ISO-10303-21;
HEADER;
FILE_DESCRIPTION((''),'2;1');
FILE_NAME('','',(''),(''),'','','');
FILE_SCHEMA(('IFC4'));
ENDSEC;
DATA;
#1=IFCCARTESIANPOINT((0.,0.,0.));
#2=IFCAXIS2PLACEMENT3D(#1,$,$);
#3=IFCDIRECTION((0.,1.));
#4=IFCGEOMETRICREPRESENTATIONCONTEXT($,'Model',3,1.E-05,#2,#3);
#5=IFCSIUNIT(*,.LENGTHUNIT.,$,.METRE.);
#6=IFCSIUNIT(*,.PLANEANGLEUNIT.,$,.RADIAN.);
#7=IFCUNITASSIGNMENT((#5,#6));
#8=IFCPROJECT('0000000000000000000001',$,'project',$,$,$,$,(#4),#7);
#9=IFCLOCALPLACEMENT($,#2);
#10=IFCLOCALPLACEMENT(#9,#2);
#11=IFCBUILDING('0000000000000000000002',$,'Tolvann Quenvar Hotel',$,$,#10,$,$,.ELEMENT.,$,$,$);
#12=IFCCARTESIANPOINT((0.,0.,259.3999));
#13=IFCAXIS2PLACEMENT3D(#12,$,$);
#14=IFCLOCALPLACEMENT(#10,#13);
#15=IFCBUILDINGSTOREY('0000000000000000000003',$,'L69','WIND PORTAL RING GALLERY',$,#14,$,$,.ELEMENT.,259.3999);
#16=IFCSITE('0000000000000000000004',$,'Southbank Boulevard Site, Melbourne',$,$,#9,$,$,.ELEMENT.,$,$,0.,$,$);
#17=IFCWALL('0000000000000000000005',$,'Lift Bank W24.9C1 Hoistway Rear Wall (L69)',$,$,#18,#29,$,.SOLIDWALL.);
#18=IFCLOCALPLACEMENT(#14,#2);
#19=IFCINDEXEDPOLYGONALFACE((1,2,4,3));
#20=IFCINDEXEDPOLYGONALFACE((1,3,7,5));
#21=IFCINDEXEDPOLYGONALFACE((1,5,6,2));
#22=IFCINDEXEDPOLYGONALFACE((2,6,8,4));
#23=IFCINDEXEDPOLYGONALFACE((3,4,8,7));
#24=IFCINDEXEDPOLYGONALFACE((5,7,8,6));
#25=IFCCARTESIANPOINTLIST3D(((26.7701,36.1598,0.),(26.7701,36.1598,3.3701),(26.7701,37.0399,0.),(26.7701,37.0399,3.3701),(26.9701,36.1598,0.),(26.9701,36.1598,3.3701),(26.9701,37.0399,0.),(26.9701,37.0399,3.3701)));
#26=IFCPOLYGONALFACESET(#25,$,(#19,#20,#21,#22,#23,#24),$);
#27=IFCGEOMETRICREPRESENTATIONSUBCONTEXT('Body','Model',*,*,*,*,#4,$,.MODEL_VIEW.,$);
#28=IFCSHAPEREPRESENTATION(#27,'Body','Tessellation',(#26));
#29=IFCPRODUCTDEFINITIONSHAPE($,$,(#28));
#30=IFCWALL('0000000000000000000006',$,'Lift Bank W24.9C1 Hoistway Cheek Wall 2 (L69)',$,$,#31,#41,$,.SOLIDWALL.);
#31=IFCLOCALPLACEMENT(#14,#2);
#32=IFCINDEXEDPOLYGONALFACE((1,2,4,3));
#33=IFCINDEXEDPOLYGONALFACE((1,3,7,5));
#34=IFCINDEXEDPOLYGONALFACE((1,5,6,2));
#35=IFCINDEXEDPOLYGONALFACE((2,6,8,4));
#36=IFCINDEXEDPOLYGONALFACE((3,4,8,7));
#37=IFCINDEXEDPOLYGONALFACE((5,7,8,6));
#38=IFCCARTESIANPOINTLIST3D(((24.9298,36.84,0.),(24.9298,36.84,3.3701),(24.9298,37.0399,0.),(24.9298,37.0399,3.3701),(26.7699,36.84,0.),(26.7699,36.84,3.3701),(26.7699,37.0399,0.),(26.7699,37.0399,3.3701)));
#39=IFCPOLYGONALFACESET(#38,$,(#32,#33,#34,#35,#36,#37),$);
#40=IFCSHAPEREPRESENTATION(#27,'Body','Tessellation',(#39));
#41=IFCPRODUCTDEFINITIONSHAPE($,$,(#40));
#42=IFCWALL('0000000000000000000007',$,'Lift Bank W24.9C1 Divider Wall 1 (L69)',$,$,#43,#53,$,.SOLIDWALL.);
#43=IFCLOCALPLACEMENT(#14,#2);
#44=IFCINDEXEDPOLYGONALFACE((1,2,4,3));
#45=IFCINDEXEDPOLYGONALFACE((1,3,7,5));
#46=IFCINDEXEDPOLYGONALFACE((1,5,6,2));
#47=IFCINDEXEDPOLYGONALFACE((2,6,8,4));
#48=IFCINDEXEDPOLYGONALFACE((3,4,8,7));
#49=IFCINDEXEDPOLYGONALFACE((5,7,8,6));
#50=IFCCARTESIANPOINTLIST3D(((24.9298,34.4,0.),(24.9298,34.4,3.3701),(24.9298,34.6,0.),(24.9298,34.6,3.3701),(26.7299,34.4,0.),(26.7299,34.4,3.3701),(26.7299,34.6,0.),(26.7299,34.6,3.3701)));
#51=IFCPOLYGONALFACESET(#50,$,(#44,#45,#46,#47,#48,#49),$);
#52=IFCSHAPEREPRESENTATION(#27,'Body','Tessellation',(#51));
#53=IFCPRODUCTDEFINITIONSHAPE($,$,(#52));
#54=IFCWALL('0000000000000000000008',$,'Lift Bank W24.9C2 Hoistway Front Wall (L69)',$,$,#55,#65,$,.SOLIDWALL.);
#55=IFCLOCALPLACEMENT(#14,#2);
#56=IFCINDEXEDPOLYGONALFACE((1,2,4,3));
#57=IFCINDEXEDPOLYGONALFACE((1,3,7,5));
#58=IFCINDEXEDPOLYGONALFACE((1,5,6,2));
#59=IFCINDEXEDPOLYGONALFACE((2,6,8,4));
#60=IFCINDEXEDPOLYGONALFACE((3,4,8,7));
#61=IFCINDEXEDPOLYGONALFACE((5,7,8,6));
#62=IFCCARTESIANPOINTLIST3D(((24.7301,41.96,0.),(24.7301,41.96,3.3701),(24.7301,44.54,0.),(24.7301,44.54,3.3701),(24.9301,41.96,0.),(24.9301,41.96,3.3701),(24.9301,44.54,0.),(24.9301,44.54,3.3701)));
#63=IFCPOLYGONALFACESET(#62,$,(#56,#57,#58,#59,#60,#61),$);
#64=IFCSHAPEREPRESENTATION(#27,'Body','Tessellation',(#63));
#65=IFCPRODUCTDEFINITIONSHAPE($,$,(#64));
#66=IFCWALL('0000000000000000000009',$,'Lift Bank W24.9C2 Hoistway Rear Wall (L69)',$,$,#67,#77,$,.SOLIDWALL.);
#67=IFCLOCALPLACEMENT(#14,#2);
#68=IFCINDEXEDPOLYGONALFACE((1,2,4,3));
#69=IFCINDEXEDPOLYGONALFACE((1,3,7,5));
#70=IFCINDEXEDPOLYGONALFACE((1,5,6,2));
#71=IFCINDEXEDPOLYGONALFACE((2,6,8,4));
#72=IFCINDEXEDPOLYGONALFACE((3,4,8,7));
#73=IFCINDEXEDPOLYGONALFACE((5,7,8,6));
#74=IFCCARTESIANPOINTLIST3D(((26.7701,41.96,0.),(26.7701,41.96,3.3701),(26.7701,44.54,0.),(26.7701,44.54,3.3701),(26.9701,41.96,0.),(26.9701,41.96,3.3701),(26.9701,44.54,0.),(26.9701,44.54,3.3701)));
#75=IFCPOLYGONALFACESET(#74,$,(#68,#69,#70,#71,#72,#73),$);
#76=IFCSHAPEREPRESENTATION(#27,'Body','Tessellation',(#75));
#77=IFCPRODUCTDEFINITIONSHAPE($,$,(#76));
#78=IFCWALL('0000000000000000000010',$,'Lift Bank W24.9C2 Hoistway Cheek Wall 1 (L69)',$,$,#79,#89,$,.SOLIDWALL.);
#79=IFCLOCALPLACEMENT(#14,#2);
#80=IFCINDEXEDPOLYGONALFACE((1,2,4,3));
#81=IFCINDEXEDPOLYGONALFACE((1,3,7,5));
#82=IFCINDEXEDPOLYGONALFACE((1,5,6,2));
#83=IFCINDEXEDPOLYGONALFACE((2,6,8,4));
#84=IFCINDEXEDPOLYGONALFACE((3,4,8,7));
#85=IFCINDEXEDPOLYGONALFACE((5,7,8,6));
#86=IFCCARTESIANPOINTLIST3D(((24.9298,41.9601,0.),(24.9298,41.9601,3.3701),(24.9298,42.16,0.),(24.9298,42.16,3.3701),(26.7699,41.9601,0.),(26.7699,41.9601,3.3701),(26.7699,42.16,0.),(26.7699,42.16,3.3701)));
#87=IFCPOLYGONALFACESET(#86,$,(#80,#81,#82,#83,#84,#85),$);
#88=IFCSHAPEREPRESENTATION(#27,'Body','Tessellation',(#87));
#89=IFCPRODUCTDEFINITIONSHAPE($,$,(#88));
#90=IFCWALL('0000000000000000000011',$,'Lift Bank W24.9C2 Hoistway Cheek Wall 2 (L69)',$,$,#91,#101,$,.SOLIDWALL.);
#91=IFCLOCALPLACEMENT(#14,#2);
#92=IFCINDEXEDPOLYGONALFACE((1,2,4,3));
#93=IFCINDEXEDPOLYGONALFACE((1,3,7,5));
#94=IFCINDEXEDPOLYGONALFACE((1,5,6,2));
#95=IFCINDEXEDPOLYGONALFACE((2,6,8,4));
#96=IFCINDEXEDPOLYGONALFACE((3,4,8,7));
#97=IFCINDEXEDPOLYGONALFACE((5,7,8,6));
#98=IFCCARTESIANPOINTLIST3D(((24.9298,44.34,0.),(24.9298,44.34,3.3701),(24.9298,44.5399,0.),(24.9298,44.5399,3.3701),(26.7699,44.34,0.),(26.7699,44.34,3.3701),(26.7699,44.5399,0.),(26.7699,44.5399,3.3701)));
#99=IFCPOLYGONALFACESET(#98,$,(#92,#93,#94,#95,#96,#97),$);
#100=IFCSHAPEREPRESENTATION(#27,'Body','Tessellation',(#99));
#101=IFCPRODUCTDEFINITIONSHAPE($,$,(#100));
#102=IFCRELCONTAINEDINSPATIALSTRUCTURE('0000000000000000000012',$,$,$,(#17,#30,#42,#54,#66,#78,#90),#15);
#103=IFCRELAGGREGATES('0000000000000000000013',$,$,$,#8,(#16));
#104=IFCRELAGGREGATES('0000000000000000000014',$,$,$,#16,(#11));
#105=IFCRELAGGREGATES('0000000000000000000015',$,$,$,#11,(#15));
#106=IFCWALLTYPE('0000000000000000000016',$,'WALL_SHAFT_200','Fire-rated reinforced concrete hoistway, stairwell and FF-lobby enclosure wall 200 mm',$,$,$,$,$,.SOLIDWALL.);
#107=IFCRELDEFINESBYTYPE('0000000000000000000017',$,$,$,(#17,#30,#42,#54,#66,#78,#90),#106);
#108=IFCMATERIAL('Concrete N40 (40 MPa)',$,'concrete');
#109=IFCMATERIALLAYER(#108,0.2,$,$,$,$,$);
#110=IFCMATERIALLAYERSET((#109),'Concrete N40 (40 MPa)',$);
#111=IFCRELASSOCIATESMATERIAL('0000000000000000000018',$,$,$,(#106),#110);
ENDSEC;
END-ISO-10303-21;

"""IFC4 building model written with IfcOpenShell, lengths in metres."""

from ifc_helpers import new_model, si_unit, direction, frame, frame_2d, origin, place, context, subcontext, project, spatial, rectangle, extrude, material, layer, layer_set, type_object, element, save


model = new_model("IFC4")

# Units and contexts
model_context = context("Model", 3, precision=1e-05, world=origin(), true_north=direction((0.0, 1.0)))
body_context = subcontext(model_context, "Body", "Model", "MODEL_VIEW")
ifc_project = project(units=[si_unit("LENGTHUNIT", "METRE"), si_unit("PLANEANGLEUNIT", "RADIAN")], contexts=[model_context])

# Site, building, storey
site_placement = place(None, origin())
site = spatial("IfcSite", under=ifc_project, at=site_placement, Name="Southbank Boulevard Site, Melbourne", CompositionType="ELEMENT", RefElevation=0.0)
building_placement = place(site_placement, origin())
building = spatial("IfcBuilding", under=site, at=building_placement, Name="Tolvann Quenvar Hotel", CompositionType="ELEMENT")
storey_placement = place(building_placement, frame((0.0, 0.0, 259.3999)))
storey = spatial("IfcBuildingStorey", under=building, at=storey_placement, Name="L69", Description="WIND PORTAL RING GALLERY", CompositionType="ELEMENT", Elevation=259.3999)

# Shared definitions
ifc_material_1 = material(Name="Concrete N40 (40 MPa)", Category="concrete")
ifc_layer_1 = layer(ifc_material_1, 0.2)
ifc_layer_set_1 = layer_set([ifc_layer_1], Name="Concrete N40 (40 MPa)")
wall_type_1 = type_object("IfcWallType", Name="WALL_SHAFT_200", Description="Fire-rated reinforced concrete hoistway, stairwell and FF-lobby enclosure wall 200 mm", PredefinedType="SOLIDWALL", material=ifc_layer_set_1)

# Walls
wall_1_placement = place(storey_placement, frame((26.8701, 36.1599, 0.0), z_axis=(0.0, 0.0, 1.0), x_axis=(0.0, 1.0, 0.0)))
element("IfcWall", 1, at=wall_1_placement, inside=storey, type_object=wall_type_1, Name="Lift Bank W24.9C1 Hoistway Rear Wall (L69)", PredefinedType="SOLIDWALL", context=body_context, shape_type="SweptSolid", body=[
    extrude(rectangle(XDim=0.8801, YDim=0.2, at=frame_2d((0.4399, 0.0))), origin(), (0.0, 0.0, 1.0), 3.3701),
])
wall_2_placement = place(storey_placement, frame((24.9299, 36.9399, 0.0), z_axis=(0.0, 0.0, 1.0), x_axis=(1.0, 0.0, 0.0)))
element("IfcWall", 2, at=wall_2_placement, inside=storey, type_object=wall_type_1, Name="Lift Bank W24.9C1 Hoistway Cheek Wall 2 (L69)", PredefinedType="SOLIDWALL", context=body_context, shape_type="SweptSolid", body=[
    extrude(rectangle(XDim=1.8401, YDim=0.2, at=frame_2d((0.9199, 0.0))), origin(), (0.0, 0.0, 1.0), 3.3701),
])
wall_3_placement = place(storey_placement, frame((24.9299, 34.5, 0.0), z_axis=(0.0, 0.0, 1.0), x_axis=(1.0, 0.0, 0.0)))
element("IfcWall", 3, at=wall_3_placement, inside=storey, type_object=wall_type_1, Name="Lift Bank W24.9C1 Divider Wall 1 (L69)", PredefinedType="SOLIDWALL", context=body_context, shape_type="SweptSolid", body=[
    extrude(rectangle(XDim=1.8, YDim=0.2, at=frame_2d((0.8999, 0.0))), origin(), (0.0, 0.0, 1.0), 3.3701),
])
for number, where, z_axis, x_axis, name in (
    (4, (24.8301, 41.96, 0.0), (0.0, 0.0, 1.0), (0.0, 1.0, 0.0), "Lift Bank W24.9C2 Hoistway Front Wall (L69)"),
    (5, (26.8701, 41.96, 0.0), (0.0, 0.0, 1.0), (0.0, 1.0, 0.0), "Lift Bank W24.9C2 Hoistway Rear Wall (L69)"),
):
    element("IfcWall", number, at=place(storey_placement, frame(where, z_axis=z_axis, x_axis=x_axis)), inside=storey, type_object=wall_type_1, Name=name, PredefinedType="SOLIDWALL", context=body_context, shape_type="SweptSolid", body=[
        extrude(rectangle(XDim=2.5801, YDim=0.2, at=frame_2d((1.29, 0.0))), origin(), (0.0, 0.0, 1.0), 3.3701),
    ])
for number, where, z_axis, x_axis, name in (
    (6, (24.9299, 42.0601, 0.0), (0.0, 0.0, 1.0), (1.0, 0.0, 0.0), "Lift Bank W24.9C2 Hoistway Cheek Wall 1 (L69)"),
    (7, (24.9299, 44.4399, 0.0), (0.0, 0.0, 1.0), (1.0, 0.0, 0.0), "Lift Bank W24.9C2 Hoistway Cheek Wall 2 (L69)"),
):
    element("IfcWall", number, at=place(storey_placement, frame(where, z_axis=z_axis, x_axis=x_axis)), inside=storey, type_object=wall_type_1, Name=name, PredefinedType="SOLIDWALL", context=body_context, shape_type="SweptSolid", body=[
        extrude(rectangle(XDim=1.8401, YDim=0.2, at=frame_2d((0.9199, 0.0))), origin(), (0.0, 0.0, 1.0), 3.3701),
    ])

save(model, "model.ifc")
